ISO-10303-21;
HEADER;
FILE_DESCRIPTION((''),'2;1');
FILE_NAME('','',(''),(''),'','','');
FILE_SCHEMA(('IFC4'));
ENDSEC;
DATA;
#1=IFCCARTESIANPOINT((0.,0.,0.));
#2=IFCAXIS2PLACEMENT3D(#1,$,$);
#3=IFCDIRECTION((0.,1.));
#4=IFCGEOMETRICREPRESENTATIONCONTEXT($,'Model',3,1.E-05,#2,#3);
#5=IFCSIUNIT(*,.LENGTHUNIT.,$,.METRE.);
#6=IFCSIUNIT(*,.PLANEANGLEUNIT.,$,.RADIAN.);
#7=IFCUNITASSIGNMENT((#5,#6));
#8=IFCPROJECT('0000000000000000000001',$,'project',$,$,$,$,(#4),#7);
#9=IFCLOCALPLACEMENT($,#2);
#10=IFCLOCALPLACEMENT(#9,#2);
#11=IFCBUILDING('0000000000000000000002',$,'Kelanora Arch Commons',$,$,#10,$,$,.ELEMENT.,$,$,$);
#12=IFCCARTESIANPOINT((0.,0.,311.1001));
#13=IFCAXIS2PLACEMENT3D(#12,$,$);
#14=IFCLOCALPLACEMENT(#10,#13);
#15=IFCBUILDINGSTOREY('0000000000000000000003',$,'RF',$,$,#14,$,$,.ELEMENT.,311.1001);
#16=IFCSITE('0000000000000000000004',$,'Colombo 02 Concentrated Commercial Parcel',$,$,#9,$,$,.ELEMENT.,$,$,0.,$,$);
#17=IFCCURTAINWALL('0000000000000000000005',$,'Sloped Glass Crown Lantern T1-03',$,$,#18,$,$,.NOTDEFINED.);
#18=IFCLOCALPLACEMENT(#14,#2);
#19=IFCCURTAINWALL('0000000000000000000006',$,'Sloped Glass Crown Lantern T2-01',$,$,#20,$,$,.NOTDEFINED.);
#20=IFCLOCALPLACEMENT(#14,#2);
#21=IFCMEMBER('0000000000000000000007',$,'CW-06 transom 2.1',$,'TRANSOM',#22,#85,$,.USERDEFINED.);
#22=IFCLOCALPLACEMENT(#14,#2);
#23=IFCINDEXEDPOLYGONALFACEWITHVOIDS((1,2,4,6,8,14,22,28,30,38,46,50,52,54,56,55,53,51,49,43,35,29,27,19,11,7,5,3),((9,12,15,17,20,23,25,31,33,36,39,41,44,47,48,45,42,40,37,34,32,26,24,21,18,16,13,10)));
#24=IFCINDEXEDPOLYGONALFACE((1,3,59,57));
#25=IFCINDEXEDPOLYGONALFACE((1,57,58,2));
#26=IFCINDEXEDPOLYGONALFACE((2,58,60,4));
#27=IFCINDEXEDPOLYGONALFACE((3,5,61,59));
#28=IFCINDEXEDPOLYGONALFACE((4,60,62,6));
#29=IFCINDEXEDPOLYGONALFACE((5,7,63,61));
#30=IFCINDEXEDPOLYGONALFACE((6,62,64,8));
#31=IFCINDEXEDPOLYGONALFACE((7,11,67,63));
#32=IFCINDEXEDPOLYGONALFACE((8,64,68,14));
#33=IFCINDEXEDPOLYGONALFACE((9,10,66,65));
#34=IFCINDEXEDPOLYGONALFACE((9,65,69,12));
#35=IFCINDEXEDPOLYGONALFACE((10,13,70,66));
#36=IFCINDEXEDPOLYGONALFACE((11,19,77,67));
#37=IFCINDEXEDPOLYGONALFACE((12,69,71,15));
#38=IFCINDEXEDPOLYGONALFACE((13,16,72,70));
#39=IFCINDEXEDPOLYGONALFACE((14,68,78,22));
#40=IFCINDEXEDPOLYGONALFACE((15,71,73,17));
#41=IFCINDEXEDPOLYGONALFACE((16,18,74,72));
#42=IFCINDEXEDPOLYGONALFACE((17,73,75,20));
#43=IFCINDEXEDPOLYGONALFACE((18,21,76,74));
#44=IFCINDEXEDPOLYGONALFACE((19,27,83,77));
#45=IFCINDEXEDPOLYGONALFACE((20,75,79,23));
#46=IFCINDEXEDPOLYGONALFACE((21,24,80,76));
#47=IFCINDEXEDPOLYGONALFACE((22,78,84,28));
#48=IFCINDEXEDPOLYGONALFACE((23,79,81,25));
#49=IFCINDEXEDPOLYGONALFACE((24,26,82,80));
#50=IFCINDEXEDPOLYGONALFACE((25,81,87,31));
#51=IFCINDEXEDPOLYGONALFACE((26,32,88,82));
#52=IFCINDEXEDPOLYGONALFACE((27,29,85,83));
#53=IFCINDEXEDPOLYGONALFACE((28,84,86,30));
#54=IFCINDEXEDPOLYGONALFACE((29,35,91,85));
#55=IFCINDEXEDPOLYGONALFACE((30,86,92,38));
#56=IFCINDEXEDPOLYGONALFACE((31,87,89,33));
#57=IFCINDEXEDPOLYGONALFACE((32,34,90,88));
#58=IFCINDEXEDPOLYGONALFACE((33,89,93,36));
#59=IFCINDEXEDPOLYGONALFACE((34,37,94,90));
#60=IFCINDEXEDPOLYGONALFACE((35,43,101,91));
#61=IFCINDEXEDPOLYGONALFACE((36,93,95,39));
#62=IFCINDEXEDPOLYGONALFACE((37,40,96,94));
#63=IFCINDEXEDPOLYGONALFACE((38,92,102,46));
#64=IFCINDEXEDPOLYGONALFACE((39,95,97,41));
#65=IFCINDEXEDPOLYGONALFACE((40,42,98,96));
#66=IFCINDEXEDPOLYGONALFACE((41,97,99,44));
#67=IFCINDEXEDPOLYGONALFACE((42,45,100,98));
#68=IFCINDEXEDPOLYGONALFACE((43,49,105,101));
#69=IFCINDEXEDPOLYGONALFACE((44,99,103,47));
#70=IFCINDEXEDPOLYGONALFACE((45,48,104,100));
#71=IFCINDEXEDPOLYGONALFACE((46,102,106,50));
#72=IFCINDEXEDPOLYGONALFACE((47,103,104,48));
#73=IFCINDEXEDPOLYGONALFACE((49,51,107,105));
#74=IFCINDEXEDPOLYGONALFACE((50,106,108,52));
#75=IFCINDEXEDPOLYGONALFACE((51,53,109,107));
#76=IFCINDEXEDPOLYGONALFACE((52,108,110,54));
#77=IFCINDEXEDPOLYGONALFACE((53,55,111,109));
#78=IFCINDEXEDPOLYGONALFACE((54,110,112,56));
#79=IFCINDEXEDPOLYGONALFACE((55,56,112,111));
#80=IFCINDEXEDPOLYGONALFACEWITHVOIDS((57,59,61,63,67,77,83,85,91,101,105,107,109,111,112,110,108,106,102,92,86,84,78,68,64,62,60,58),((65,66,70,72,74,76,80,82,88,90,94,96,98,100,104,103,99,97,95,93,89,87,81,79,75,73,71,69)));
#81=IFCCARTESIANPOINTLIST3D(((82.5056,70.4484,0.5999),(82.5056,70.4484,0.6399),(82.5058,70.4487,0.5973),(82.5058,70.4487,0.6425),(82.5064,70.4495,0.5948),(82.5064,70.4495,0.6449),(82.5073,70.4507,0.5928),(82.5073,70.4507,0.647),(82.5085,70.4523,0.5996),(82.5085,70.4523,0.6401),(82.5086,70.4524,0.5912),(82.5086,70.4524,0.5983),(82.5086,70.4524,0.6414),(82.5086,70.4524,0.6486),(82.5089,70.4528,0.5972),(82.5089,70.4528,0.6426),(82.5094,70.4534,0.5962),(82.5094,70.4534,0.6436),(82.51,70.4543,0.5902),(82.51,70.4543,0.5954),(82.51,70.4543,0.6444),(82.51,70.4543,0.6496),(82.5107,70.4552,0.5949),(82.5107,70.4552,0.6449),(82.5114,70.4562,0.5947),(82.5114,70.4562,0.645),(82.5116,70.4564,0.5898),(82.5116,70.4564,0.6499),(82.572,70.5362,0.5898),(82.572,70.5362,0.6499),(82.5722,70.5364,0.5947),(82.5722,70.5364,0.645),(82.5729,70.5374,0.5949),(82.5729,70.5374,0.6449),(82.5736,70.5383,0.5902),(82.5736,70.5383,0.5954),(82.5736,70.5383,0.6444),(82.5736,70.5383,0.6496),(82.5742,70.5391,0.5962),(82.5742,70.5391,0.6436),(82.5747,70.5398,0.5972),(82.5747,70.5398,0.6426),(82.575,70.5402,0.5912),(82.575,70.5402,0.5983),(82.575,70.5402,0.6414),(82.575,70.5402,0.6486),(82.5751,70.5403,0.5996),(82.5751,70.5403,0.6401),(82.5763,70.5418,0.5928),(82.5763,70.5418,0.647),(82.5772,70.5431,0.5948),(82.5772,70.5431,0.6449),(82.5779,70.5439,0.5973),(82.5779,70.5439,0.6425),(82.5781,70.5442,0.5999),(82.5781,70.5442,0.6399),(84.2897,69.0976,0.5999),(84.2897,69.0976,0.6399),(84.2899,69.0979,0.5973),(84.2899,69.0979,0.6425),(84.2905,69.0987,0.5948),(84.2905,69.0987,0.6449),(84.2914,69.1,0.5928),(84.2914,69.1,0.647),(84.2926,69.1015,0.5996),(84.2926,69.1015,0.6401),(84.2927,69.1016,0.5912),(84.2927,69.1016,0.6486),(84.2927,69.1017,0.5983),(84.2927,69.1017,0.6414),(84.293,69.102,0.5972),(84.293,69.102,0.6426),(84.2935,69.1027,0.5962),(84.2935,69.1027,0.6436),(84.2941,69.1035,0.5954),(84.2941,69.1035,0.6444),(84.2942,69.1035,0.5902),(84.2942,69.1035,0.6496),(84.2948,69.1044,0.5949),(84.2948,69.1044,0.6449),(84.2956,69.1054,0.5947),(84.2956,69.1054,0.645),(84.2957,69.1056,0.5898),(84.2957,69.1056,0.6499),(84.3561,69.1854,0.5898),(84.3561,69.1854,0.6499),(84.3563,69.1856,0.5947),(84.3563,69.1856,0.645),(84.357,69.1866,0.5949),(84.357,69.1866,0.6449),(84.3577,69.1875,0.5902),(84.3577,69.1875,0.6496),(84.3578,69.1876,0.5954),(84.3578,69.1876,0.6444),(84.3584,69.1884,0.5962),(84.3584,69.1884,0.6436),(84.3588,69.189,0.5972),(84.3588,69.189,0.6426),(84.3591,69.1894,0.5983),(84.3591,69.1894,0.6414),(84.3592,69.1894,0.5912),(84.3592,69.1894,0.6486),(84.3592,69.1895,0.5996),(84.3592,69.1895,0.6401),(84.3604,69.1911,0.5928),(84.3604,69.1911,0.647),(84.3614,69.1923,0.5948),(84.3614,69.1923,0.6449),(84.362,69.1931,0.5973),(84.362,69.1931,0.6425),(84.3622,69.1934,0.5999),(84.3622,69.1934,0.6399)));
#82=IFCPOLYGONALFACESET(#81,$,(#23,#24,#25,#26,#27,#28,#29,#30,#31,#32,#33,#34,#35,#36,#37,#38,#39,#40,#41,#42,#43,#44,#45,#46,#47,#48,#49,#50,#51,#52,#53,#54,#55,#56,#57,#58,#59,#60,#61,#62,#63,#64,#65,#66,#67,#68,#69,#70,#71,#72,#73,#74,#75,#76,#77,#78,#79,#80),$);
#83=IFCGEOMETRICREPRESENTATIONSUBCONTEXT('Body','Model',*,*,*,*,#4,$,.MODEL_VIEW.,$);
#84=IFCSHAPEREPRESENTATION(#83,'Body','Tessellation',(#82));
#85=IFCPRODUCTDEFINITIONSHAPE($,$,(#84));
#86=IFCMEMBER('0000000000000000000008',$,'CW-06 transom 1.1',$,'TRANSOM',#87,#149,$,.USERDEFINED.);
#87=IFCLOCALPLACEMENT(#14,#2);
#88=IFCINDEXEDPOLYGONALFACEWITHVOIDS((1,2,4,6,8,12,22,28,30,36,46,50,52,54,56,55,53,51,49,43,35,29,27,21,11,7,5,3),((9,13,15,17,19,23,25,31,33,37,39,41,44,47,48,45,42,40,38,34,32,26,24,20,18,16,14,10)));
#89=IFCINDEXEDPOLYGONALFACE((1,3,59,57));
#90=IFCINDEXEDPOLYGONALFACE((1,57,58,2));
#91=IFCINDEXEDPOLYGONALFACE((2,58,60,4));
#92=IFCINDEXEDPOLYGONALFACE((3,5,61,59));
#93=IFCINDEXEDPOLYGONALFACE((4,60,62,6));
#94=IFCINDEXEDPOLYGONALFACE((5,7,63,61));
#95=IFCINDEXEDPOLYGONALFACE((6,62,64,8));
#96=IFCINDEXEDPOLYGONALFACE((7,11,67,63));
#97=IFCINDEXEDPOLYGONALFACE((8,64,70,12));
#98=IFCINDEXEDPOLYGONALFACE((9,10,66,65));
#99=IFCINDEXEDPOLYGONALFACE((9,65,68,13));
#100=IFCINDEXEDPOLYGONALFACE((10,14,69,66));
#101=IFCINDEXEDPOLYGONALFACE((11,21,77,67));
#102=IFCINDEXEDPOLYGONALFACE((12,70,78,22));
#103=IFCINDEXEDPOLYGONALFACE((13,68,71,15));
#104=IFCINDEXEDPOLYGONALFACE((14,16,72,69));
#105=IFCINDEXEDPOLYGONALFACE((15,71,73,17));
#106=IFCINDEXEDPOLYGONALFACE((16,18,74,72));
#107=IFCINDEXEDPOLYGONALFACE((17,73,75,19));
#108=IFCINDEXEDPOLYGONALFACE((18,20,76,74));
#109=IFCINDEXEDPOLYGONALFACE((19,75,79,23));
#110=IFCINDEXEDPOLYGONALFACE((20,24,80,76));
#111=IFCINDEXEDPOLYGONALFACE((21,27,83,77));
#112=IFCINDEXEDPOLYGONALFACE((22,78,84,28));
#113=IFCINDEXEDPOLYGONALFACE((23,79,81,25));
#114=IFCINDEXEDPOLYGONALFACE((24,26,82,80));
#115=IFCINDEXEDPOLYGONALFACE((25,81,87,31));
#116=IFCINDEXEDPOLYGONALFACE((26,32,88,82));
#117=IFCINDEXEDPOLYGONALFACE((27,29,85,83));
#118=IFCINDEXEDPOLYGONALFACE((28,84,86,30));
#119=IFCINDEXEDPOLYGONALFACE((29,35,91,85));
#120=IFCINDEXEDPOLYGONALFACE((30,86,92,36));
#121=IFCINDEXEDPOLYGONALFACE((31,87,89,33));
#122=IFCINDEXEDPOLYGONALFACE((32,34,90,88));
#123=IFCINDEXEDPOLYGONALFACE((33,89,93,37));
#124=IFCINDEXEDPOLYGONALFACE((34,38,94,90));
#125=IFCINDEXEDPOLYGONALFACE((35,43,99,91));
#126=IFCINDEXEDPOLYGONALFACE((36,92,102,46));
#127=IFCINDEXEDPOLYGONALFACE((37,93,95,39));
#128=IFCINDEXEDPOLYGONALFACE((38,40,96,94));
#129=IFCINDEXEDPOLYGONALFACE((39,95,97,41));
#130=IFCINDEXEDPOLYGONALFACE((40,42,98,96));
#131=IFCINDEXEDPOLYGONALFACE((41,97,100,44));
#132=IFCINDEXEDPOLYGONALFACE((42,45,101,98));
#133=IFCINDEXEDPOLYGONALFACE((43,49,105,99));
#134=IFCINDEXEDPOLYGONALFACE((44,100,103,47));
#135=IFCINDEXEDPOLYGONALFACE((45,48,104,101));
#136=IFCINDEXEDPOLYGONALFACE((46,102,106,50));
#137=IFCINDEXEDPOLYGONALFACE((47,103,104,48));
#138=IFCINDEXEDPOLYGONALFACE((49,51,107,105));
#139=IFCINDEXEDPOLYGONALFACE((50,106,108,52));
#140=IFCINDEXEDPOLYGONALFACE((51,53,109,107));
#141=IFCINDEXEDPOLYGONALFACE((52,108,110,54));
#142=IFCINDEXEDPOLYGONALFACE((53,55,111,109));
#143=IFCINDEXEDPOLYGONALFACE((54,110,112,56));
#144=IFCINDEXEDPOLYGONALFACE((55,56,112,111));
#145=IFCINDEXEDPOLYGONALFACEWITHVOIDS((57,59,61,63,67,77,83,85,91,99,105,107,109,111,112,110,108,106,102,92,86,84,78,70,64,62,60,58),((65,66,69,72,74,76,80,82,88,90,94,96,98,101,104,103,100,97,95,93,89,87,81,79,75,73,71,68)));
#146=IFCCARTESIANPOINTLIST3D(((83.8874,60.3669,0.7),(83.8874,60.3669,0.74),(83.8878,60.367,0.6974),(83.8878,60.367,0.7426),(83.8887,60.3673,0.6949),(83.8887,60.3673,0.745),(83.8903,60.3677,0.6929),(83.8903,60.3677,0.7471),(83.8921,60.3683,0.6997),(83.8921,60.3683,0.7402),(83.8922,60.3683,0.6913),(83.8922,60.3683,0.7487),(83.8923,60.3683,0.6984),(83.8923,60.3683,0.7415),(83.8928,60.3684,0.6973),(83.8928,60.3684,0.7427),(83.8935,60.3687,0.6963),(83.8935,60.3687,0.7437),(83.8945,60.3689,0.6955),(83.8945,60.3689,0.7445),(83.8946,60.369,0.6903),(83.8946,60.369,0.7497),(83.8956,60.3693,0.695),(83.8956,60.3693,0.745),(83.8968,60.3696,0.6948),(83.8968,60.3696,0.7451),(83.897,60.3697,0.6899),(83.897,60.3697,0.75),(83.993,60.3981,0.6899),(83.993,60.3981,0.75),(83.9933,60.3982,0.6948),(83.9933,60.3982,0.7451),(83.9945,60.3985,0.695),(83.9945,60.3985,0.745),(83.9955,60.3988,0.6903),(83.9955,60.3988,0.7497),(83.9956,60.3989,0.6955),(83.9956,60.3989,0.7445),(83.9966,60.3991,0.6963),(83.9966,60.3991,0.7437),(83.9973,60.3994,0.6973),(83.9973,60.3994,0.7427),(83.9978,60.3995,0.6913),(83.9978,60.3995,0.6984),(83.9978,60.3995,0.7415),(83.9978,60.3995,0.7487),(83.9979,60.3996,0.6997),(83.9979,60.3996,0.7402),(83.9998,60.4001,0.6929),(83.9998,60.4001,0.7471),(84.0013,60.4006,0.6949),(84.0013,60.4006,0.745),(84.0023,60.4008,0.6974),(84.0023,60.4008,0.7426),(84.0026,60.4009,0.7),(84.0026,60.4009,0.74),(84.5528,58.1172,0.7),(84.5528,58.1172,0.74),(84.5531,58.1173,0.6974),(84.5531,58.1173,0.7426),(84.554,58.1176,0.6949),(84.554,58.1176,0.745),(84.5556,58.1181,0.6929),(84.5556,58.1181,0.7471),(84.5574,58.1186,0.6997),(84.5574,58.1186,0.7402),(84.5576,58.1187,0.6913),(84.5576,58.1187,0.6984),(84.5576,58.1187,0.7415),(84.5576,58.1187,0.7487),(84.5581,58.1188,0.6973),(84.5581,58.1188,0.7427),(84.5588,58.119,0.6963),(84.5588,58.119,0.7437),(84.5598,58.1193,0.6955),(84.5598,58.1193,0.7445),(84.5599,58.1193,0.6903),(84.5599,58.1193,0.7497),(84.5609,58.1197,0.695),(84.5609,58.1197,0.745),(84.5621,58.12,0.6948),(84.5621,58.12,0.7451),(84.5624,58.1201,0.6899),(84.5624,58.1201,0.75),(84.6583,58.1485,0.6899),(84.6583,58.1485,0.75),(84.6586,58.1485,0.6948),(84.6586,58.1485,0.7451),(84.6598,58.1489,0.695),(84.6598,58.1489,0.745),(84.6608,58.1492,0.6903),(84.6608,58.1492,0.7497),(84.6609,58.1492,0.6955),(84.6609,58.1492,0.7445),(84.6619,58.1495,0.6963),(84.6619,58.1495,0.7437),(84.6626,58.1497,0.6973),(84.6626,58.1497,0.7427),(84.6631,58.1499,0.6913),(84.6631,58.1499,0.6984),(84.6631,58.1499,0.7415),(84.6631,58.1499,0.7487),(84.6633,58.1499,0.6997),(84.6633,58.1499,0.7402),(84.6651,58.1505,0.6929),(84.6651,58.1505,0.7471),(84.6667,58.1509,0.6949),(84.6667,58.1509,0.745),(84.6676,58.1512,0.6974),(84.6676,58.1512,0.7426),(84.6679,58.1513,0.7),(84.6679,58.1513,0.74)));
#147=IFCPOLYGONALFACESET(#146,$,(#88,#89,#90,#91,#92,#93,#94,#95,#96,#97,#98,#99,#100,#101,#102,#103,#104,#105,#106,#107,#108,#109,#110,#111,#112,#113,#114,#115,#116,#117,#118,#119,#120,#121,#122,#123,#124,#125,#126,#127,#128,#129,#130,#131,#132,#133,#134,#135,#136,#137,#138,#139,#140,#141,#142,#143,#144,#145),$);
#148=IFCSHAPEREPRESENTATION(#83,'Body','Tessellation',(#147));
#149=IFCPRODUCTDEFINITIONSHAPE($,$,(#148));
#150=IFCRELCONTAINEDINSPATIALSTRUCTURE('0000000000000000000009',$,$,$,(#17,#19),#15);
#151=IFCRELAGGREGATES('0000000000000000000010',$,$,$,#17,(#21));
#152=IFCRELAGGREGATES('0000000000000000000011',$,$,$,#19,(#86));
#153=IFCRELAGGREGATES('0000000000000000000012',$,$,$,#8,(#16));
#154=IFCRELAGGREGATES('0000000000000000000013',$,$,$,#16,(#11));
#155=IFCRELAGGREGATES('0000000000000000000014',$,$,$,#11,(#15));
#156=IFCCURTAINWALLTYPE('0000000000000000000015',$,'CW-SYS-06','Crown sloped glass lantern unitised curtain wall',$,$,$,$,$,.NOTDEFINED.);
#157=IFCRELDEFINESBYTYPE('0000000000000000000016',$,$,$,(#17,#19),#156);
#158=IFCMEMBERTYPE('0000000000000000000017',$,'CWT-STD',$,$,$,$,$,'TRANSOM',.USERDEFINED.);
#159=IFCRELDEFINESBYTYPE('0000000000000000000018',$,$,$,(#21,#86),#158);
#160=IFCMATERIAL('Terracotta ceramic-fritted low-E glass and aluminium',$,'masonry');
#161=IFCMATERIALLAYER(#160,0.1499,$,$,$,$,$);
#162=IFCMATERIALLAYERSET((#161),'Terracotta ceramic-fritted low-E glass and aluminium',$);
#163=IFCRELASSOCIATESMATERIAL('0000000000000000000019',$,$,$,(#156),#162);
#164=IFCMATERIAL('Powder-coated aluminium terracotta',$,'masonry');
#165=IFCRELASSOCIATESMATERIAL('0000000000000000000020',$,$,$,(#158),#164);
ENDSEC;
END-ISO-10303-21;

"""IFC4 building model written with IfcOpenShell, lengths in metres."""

from ifc_helpers import new_model, si_unit, direction, frame, origin, origin_2d, place, context, subcontext, project, spatial, hollow_rectangle, extrude, material, layer, layer_set, material_profile, profile_set, type_object, element, aggregate, save


model = new_model("IFC4")

# Units and contexts
model_context = context("Model", 3, precision=1e-05, world=origin(), true_north=direction((0.0, 1.0)))
body_context = subcontext(model_context, "Body", "Model", "MODEL_VIEW")
ifc_project = project(units=[si_unit("LENGTHUNIT", "METRE"), si_unit("PLANEANGLEUNIT", "RADIAN")], contexts=[model_context])

# Site, building, storey
site_placement = place(None, origin())
site = spatial("IfcSite", under=ifc_project, at=site_placement, Name="Colombo 02 Concentrated Commercial Parcel", CompositionType="ELEMENT", RefElevation=0.0)
building_placement = place(site_placement, origin())
building = spatial("IfcBuilding", under=site, at=building_placement, Name="Kelanora Arch Commons", CompositionType="ELEMENT")
storey_placement = place(building_placement, frame((0.0, 0.0, 311.1001)))
storey = spatial("IfcBuildingStorey", under=building, at=storey_placement, Name="RF", CompositionType="ELEMENT", Elevation=311.1001)

# Curtain walls
ifc_material_1 = material(Name="Terracotta ceramic-fritted low-E glass and aluminium", Category="masonry")
ifc_layer_1 = layer(ifc_material_1, 0.1499)
ifc_layer_set_1 = layer_set([ifc_layer_1], Name="Terracotta ceramic-fritted low-E glass and aluminium")
curtain_wall_type = type_object("IfcCurtainWallType", Name="CW-SYS-06", Description="Crown sloped glass lantern unitised curtain wall", PredefinedType="NOTDEFINED", material=ifc_layer_set_1)
ifc_material_2 = material(Name="Powder-coated aluminium terracotta", Category="masonry")
curtain_wall_1_placement = place(storey_placement, origin())
curtain_wall_1 = element("IfcCurtainWall", 1, at=curtain_wall_1_placement, inside=storey, type_object=curtain_wall_type, Name="Sloped Glass Crown Lantern T1-03", PredefinedType="NOTDEFINED")
curtain_wall_2_placement = place(storey_placement, origin())
curtain_wall_2 = element("IfcCurtainWall", 2, at=curtain_wall_2_placement, inside=storey, type_object=curtain_wall_type, Name="Sloped Glass Crown Lantern T2-01", PredefinedType="NOTDEFINED")

# Members
ifc_material_profile_1 = material_profile(ifc_material_2, hollow_rectangle(XDim=0.1201, YDim=0.0601, WallThickness=0.0049, InnerFilletRadius=0.0049, OuterFilletRadius=0.01, at=origin_2d()), Name="CWT120x60")
ifc_profile_set_1 = profile_set([ifc_material_profile_1], Name="Powder-coated aluminium terracotta")
member_type_1 = type_object("IfcMemberType", Name="CWT-STD", ElementType="TRANSOM", PredefinedType="USERDEFINED", material=ifc_profile_set_1)
member_1_placement = place(storey_placement, frame((84.3259, 69.1455, 0.6199), z_axis=(-0.797269, 0.603625, 0.0), x_axis=(-0.603625, -0.797269, 0.0)))
member_1 = element("IfcMember", 3, at=member_1_placement, type_object=member_type_1, Name="CW-06 transom 2.1", ObjectType="TRANSOM", PredefinedType="USERDEFINED", context=body_context, shape_type="SweptSolid", body=[
    extrude(hollow_rectangle(XDim=0.1201, YDim=0.0601, WallThickness=0.0049, InnerFilletRadius=0.0049, OuterFilletRadius=0.01, at=origin_2d()), origin(), (0.0, 0.0, 1.0), 2.2378),
])
member_2_placement = place(storey_placement, frame((84.6104, 58.1343, 0.72), z_axis=(-0.283603, 0.958942, 0.0), x_axis=(-0.958942, -0.283603, 0.0)))
member_2 = element("IfcMember", 4, at=member_2_placement, type_object=member_type_1, Name="CW-06 transom 1.1", ObjectType="TRANSOM", PredefinedType="USERDEFINED", context=body_context, shape_type="SweptSolid", body=[
    extrude(hollow_rectangle(XDim=0.1201, YDim=0.0601, WallThickness=0.0049, InnerFilletRadius=0.0049, OuterFilletRadius=0.01, at=origin_2d()), origin(), (0.0, 0.0, 1.0), 2.3459),
])

aggregate(curtain_wall_1, [member_1])
aggregate(curtain_wall_2, [member_2])

save(model, "model.ifc")
